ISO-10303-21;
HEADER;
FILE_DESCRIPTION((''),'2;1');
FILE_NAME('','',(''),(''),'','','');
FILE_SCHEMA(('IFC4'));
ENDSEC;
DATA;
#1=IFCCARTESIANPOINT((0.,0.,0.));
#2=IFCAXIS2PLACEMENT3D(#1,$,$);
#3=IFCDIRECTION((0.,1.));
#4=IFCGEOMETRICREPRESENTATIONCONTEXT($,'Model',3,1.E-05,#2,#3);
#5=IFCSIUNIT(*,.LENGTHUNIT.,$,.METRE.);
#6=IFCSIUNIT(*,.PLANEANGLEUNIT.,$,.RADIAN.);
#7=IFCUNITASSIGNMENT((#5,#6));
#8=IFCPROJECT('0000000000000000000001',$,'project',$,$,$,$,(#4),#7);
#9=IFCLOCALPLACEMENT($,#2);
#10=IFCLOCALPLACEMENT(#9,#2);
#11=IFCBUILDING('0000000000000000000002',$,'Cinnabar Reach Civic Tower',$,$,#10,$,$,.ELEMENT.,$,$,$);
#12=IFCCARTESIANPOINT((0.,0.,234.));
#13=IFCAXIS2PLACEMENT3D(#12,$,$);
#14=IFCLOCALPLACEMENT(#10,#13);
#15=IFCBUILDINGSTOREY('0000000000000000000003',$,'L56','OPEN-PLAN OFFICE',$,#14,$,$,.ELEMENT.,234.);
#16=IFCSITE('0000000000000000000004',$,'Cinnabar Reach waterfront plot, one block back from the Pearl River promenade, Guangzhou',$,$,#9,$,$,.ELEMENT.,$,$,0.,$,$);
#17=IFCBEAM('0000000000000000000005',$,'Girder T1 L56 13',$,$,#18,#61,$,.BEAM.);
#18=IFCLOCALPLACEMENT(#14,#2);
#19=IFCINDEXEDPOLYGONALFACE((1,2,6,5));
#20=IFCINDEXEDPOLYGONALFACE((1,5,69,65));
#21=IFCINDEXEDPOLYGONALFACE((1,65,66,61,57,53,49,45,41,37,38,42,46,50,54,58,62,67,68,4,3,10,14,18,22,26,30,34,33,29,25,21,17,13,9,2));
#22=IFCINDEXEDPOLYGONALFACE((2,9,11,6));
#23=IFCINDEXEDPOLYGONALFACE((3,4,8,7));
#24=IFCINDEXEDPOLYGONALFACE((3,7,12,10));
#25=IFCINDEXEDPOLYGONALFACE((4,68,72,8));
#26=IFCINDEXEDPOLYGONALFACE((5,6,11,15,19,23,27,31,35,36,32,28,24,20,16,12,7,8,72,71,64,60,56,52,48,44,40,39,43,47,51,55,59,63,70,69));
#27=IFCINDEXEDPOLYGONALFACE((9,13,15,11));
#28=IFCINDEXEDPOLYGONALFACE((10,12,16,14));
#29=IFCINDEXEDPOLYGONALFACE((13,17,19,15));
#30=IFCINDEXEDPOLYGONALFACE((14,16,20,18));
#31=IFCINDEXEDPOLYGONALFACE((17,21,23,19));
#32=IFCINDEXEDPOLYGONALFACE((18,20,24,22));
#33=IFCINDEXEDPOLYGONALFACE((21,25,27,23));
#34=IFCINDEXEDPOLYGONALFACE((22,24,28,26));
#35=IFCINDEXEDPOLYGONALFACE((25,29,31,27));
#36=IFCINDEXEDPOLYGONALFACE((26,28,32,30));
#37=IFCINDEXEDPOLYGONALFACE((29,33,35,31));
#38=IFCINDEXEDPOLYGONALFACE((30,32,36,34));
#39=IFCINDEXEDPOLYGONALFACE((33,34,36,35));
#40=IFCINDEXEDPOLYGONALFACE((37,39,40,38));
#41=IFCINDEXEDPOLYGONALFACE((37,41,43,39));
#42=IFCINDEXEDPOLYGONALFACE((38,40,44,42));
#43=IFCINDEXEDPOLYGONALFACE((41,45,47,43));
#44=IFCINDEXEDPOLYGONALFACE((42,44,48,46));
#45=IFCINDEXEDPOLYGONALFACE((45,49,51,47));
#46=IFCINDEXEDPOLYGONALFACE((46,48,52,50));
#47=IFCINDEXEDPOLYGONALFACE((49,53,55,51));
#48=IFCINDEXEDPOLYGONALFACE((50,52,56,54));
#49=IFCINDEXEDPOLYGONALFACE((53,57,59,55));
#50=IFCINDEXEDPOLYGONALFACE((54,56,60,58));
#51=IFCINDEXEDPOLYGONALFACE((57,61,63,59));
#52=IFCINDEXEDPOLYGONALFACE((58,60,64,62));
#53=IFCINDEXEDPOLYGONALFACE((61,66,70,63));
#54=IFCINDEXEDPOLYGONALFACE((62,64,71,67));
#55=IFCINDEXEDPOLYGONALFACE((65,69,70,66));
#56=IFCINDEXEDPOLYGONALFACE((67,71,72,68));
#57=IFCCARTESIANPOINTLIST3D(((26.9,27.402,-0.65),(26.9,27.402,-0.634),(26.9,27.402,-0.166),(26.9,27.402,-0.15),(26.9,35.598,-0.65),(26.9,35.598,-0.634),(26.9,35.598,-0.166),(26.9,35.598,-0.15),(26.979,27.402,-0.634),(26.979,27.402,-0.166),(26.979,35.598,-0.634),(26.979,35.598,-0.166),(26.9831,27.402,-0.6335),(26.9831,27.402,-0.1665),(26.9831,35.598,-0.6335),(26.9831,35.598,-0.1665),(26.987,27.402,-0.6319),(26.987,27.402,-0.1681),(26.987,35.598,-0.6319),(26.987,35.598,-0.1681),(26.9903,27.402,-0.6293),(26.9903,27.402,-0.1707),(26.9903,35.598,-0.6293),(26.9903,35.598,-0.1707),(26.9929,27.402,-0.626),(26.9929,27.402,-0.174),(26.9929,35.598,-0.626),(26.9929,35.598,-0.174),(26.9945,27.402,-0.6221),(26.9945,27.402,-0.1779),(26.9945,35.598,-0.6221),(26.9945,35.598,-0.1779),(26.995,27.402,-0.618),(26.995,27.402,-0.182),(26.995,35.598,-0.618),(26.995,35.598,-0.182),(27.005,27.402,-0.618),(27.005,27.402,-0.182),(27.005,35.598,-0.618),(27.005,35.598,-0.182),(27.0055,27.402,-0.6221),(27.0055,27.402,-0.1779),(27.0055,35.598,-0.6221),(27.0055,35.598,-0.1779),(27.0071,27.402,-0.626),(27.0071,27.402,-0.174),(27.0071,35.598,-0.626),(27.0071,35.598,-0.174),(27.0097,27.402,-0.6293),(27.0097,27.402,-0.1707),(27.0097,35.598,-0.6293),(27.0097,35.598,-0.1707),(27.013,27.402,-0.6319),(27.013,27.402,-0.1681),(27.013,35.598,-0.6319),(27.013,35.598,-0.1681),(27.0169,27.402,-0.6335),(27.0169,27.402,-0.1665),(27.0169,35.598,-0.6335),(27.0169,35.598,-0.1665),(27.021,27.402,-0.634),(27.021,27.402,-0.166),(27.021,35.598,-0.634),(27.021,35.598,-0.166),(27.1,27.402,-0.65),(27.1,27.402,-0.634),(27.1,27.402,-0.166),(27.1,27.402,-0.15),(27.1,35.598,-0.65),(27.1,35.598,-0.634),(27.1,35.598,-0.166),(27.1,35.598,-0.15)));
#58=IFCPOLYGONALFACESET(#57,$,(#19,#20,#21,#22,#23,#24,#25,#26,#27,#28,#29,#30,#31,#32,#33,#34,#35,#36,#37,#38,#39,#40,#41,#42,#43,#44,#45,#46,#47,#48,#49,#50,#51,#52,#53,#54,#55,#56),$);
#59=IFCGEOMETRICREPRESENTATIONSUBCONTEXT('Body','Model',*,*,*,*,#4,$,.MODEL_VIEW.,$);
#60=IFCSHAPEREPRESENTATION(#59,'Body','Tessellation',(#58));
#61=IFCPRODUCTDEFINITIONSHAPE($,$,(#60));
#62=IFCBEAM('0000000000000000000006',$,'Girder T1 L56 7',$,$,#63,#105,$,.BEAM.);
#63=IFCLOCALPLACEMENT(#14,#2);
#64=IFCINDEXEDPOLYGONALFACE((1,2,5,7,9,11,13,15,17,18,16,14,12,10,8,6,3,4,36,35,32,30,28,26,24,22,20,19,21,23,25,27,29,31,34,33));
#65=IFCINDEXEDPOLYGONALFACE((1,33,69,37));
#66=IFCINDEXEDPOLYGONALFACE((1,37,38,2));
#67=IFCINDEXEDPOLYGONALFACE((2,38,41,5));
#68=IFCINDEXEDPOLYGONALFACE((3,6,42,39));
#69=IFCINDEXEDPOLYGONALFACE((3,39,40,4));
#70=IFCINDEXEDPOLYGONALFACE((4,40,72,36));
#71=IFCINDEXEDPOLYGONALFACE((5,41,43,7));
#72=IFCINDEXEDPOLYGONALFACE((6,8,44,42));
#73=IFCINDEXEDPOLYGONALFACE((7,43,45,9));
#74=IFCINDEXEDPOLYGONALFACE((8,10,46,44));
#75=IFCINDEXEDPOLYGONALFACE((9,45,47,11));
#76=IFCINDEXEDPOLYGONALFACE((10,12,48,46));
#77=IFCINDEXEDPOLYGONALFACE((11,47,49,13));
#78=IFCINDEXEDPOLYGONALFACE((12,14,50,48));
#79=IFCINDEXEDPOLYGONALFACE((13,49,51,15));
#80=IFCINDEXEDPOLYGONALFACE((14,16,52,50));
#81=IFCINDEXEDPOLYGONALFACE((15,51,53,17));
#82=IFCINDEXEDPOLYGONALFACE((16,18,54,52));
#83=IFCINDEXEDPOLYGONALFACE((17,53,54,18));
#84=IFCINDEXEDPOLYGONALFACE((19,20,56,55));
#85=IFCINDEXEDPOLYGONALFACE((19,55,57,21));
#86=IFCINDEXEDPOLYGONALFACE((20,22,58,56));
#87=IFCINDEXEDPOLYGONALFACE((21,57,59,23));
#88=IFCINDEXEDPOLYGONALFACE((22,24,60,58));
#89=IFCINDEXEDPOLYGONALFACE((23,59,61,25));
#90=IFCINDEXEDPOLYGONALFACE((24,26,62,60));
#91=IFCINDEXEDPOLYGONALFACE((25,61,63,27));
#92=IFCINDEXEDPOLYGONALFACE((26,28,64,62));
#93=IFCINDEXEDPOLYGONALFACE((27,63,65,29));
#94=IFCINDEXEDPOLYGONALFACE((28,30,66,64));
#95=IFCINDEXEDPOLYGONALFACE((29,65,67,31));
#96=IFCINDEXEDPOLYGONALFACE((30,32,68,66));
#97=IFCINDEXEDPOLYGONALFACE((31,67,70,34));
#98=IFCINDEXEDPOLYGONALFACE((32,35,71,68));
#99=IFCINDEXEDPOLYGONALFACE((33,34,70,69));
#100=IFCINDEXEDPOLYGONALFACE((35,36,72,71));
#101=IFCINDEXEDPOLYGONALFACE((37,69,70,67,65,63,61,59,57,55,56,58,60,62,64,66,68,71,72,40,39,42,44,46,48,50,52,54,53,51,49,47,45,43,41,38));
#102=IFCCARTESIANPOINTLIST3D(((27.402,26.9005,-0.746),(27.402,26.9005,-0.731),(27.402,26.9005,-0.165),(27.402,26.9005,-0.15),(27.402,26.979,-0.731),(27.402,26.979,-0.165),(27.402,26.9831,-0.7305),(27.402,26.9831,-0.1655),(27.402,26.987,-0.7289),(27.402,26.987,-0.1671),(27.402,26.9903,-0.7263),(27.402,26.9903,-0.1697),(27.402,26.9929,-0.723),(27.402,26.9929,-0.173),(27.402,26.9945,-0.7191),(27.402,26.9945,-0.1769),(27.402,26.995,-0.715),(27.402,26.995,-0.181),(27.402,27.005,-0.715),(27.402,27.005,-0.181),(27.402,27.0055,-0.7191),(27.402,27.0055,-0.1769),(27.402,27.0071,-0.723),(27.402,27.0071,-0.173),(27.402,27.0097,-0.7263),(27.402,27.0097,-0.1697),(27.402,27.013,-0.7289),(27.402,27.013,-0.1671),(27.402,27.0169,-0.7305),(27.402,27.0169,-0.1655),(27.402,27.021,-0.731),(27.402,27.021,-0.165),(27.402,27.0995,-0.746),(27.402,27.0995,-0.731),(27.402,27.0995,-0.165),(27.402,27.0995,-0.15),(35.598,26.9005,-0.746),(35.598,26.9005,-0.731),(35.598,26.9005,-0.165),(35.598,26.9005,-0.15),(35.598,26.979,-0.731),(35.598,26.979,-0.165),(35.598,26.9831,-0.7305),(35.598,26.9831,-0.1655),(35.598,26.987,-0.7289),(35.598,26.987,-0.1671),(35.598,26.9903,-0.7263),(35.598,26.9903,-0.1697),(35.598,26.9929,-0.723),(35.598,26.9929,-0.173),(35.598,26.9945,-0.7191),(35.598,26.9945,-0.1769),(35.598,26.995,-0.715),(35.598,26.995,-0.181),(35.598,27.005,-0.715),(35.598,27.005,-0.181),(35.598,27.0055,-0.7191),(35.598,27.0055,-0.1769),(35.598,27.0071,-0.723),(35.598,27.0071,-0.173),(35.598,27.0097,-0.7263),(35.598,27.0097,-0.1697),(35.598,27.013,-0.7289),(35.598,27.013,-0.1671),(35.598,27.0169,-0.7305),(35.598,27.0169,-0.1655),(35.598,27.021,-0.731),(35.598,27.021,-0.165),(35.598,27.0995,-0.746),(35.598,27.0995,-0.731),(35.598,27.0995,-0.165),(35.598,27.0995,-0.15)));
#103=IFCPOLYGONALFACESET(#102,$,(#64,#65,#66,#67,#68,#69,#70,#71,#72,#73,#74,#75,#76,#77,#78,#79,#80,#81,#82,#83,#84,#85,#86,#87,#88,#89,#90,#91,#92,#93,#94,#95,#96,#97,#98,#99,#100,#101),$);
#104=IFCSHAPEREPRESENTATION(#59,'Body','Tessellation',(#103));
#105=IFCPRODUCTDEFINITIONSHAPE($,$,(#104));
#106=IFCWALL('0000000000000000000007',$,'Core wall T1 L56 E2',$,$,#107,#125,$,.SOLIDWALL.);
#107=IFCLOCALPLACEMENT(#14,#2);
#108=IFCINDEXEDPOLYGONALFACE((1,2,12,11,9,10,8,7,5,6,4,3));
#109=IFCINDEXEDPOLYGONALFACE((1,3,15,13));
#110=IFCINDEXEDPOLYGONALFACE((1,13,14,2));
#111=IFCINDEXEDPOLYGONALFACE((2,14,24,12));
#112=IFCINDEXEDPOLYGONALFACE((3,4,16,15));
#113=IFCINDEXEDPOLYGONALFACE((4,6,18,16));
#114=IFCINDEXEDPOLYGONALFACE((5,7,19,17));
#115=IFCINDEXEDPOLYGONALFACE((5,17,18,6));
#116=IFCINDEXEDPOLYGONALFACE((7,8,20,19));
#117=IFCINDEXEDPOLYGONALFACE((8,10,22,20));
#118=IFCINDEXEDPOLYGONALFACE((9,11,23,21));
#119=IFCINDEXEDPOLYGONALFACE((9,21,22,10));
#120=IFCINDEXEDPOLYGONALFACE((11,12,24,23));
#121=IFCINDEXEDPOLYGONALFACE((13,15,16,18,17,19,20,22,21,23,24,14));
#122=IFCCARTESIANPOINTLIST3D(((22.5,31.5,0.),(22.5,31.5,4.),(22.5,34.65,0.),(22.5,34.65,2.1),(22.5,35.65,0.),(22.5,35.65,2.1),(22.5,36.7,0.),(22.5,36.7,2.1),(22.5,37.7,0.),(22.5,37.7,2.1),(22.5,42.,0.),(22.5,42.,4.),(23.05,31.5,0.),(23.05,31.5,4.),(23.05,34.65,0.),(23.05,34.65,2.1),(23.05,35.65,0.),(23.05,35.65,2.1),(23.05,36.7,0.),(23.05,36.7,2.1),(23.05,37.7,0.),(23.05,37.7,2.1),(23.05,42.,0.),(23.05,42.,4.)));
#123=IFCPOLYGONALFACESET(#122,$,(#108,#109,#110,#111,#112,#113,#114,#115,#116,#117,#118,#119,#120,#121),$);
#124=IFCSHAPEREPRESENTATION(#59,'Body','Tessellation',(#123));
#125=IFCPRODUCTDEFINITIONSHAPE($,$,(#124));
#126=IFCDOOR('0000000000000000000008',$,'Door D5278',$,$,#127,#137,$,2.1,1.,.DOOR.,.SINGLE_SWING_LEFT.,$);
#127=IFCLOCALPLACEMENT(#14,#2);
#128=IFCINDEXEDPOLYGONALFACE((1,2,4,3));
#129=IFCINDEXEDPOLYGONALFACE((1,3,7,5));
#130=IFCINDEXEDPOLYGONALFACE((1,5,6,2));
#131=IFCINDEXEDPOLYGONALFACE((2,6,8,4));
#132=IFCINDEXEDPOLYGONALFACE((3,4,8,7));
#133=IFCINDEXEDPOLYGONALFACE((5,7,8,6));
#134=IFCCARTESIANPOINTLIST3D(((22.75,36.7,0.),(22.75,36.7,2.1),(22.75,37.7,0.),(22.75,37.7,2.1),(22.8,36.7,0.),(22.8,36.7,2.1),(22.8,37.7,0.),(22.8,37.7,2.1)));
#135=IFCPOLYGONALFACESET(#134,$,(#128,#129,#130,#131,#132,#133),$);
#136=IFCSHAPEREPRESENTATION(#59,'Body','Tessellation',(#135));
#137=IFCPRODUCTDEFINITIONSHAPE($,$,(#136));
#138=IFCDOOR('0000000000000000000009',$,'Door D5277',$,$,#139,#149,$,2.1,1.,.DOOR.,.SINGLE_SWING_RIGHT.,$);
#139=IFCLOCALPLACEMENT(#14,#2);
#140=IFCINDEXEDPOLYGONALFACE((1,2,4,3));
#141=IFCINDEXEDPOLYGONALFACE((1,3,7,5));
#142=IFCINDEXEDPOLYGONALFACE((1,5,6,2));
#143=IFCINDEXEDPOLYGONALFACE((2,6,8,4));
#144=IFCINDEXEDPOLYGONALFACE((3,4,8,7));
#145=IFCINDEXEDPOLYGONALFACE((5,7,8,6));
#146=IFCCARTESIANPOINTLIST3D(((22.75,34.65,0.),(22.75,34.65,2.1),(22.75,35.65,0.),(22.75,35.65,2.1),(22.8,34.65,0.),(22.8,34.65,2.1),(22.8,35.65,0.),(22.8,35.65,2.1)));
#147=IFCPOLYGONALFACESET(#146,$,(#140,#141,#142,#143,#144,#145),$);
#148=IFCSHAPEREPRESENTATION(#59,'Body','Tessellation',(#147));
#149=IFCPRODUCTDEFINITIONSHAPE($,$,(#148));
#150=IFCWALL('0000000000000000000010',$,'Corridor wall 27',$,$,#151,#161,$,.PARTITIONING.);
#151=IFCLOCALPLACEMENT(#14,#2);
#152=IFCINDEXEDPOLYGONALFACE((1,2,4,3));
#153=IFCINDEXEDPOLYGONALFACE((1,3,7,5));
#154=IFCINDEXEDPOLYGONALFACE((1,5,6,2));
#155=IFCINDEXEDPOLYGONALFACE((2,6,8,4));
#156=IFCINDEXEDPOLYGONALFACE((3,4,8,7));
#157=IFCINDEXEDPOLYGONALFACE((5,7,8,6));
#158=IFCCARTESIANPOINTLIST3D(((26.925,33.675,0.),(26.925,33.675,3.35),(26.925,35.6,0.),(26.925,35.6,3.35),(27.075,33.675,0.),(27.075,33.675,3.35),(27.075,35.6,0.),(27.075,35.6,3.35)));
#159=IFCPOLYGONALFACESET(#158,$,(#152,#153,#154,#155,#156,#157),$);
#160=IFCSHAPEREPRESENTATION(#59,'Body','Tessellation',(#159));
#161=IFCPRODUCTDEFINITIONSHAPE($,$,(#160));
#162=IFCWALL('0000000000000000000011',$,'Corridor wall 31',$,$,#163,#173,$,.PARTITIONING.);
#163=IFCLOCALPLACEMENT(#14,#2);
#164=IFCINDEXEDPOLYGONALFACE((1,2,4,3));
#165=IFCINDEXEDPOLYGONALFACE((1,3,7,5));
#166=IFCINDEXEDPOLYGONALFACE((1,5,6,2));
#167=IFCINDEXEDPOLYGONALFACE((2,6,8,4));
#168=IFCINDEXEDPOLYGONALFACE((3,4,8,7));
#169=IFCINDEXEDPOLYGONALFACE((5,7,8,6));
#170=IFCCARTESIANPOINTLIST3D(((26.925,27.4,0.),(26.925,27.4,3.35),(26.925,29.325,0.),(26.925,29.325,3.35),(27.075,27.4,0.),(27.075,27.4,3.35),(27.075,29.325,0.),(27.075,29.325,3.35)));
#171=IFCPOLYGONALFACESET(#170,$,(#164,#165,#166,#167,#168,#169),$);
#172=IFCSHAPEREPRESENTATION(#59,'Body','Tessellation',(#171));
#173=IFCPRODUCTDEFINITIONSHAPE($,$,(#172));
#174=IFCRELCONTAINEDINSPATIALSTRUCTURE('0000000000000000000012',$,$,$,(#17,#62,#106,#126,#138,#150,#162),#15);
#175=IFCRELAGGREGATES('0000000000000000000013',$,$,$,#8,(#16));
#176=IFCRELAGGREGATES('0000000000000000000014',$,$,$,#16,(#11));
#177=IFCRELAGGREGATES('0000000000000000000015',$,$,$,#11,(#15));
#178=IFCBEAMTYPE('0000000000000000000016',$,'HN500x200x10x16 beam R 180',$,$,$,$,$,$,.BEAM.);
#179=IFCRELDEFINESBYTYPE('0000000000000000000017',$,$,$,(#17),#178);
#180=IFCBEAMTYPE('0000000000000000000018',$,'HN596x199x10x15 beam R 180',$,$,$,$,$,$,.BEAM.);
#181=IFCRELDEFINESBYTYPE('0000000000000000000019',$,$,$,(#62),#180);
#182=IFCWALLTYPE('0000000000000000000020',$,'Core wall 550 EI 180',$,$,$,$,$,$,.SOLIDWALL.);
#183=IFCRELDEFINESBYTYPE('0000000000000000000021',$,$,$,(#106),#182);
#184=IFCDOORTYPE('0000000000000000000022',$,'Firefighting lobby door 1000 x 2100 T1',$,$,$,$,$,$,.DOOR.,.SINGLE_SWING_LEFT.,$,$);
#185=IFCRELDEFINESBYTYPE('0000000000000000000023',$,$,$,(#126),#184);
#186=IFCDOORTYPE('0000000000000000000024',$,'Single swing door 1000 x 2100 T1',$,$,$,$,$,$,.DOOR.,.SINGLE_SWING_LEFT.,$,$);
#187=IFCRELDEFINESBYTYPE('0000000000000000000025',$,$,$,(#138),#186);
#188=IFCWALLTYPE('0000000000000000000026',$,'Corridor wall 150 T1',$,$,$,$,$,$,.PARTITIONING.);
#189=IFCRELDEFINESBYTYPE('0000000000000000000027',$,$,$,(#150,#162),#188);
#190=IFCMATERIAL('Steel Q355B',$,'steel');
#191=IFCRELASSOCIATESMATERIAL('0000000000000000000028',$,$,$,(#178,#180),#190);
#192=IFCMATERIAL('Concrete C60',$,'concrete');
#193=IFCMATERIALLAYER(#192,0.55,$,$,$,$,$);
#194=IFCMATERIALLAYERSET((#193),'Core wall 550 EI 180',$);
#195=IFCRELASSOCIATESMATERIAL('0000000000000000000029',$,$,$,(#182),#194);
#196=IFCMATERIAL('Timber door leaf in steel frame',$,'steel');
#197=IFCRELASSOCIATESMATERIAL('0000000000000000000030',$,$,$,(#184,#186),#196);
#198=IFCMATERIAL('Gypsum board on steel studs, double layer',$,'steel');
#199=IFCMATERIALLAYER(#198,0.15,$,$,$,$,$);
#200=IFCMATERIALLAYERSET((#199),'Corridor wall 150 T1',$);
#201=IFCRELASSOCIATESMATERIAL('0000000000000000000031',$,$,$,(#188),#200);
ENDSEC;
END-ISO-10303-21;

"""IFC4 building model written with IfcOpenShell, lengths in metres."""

from ifc_helpers import new_model, si_unit, direction, frame, frame_2d, origin, origin_2d, place, context, subcontext, project, spatial, rectangle, i_section, extrude, material, layer, layer_set, material_profile, profile_set, type_object, element, fill, save


model = new_model("IFC4")

# Units and contexts
model_context = context("Model", 3, precision=1e-05, world=origin(), true_north=direction((0.0, 1.0)))
body_context = subcontext(model_context, "Body", "Model", "MODEL_VIEW")
ifc_project = project(units=[si_unit("LENGTHUNIT", "METRE"), si_unit("PLANEANGLEUNIT", "RADIAN")], contexts=[model_context])

# Site, building, storey
site_placement = place(None, origin())
site = spatial("IfcSite", under=ifc_project, at=site_placement, Name="Cinnabar Reach waterfront plot, one block back from the Pearl River promenade, Guangzhou", CompositionType="ELEMENT", RefElevation=0.0)
building_placement = place(site_placement, origin())
building = spatial("IfcBuilding", under=site, at=building_placement, Name="Cinnabar Reach Civic Tower", CompositionType="ELEMENT")
storey_placement = place(building_placement, frame((0.0, 0.0, 234.0)))
storey = spatial("IfcBuildingStorey", under=building, at=storey_placement, Name="L56", Description="OPEN-PLAN OFFICE", CompositionType="ELEMENT", Elevation=234.0)

# Shared definitions
ifc_material_1 = material(Name="Concrete C60", Category="concrete")

# Beams
ifc_material_2 = material(Name="Steel Q355B", Category="steel")
ifc_material_profile_1 = material_profile(ifc_material_2, i_section(OverallWidth=0.2, OverallDepth=0.5, WebThickness=0.01, FlangeThickness=0.016, FilletRadius=0.016, at=origin_2d()), Name="HN500x200x10x16")
ifc_profile_set_1 = profile_set([ifc_material_profile_1], Name="Steel Q355B")
beam_type_1 = type_object("IfcBeamType", Name="HN500x200x10x16 beam R 180", PredefinedType="BEAM", material=ifc_profile_set_1)
beam_1_placement = place(storey_placement, frame((27.0, 27.402, -0.4), z_axis=(0.0, 1.0, 0.0), x_axis=(-1.0, 0.0, 0.0)))
element("IfcBeam", 1, at=beam_1_placement, inside=storey, type_object=beam_type_1, Name="Girder T1 L56 13", PredefinedType="BEAM", context=body_context, shape_type="SweptSolid", body=[
    extrude(i_section(OverallWidth=0.2, OverallDepth=0.5, WebThickness=0.01, FlangeThickness=0.016, FilletRadius=0.016, at=origin_2d()), origin(), (0.0, 0.0, 1.0), 8.196),
])
ifc_material_profile_2 = material_profile(ifc_material_2, i_section(OverallWidth=0.199, OverallDepth=0.596, WebThickness=0.01, FlangeThickness=0.015, FilletRadius=0.016, at=origin_2d()), Name="HN596x199x10x15")
ifc_profile_set_2 = profile_set([ifc_material_profile_2], Name="Steel Q355B")
beam_type_2 = type_object("IfcBeamType", Name="HN596x199x10x15 beam R 180", PredefinedType="BEAM", material=ifc_profile_set_2)
beam_2_placement = place(storey_placement, frame((27.402, 27.0, -0.448), z_axis=(1.0, 0.0, 0.0), x_axis=(0.0, 1.0, 0.0)))
element("IfcBeam", 2, at=beam_2_placement, inside=storey, type_object=beam_type_2, Name="Girder T1 L56 7", PredefinedType="BEAM", context=body_context, shape_type="SweptSolid", body=[
    extrude(i_section(OverallWidth=0.199, OverallDepth=0.596, WebThickness=0.01, FlangeThickness=0.015, FilletRadius=0.016, at=origin_2d()), origin(), (0.0, 0.0, 1.0), 8.196),
])

# Wall, openings, doors
ifc_layer_1 = layer(ifc_material_1, 0.55)
ifc_layer_set_1 = layer_set([ifc_layer_1], Name="Core wall 550 EI 180")
wall_type_1 = type_object("IfcWallType", Name="Core wall 550 EI 180", PredefinedType="SOLIDWALL", material=ifc_layer_set_1)
wall_1_placement = place(storey_placement, frame((22.775, 31.5, 0.0), z_axis=(0.0, 0.0, 1.0), x_axis=(0.0, 1.0, 0.0)))
wall_1 = element("IfcWall", 3, at=wall_1_placement, inside=storey, type_object=wall_type_1, Name="Core wall T1 L56 E2", PredefinedType="SOLIDWALL", context=body_context, shape_type="SweptSolid", body=[
    extrude(rectangle(XDim=10.5, YDim=0.55, at=frame_2d((5.25, 0.0))), origin(), (0.0, 0.0, 1.0), 4.0),
])
opening_1_placement = place(wall_1_placement, frame((3.15, 0.0, 0.0)))
opening_1 = element("IfcOpeningElement", 4, at=opening_1_placement, cuts=wall_1, PredefinedType="OPENING", context=body_context, shape_type="SweptSolid", body=[
    extrude(rectangle(XDim=1.0, YDim=2.1, at=frame_2d((0.5, 1.05))), frame((0.0, 0.285, 0.0), z_axis=(0.0, -1.0, 0.0), x_axis=(1.0, 0.0, 0.0)), (0.0, 0.0, 1.0), 0.57),
])
opening_2_placement = place(wall_1_placement, frame((5.2, 0.0, 0.0)))
opening_2 = element("IfcOpeningElement", 5, at=opening_2_placement, cuts=wall_1, PredefinedType="OPENING", context=body_context, shape_type="SweptSolid", body=[
    extrude(rectangle(XDim=1.0, YDim=2.1, at=frame_2d((0.5, 1.05))), frame((0.0, 0.285, 0.0), z_axis=(0.0, -1.0, 0.0), x_axis=(1.0, 0.0, 0.0)), (0.0, 0.0, 1.0), 0.57),
])
ifc_material_3 = material(Name="Timber door leaf in steel frame", Category="steel")
door_type_1 = type_object("IfcDoorType", Name="Firefighting lobby door 1000 x 2100 T1", OperationType="SINGLE_SWING_LEFT", PredefinedType="DOOR", material=ifc_material_3)
door_1_placement = place(opening_2_placement, origin())
door_1 = element("IfcDoor", 6, at=door_1_placement, inside=storey, type_object=door_type_1, Name="Door D5278", OperationType="SINGLE_SWING_LEFT", OverallHeight=2.1, OverallWidth=1.0, PredefinedType="DOOR", context=body_context, shape_type="SweptSolid", body=[
    extrude(rectangle(XDim=1.0, YDim=2.1, at=frame_2d((0.5, 1.05))), frame((0.0, 0.025, 0.0), z_axis=(0.0, -1.0, 0.0), x_axis=(1.0, 0.0, 0.0)), (0.0, 0.0, 1.0), 0.05),
])
fill(opening_2, door_1)
door_type_2 = type_object("IfcDoorType", Name="Single swing door 1000 x 2100 T1", OperationType="SINGLE_SWING_LEFT", PredefinedType="DOOR", material=ifc_material_3)
door_2_placement = place(opening_1_placement, origin())
door_2 = element("IfcDoor", 7, at=door_2_placement, inside=storey, type_object=door_type_2, Name="Door D5277", OperationType="SINGLE_SWING_RIGHT", OverallHeight=2.1, OverallWidth=1.0, PredefinedType="DOOR", context=body_context, shape_type="SweptSolid", body=[
    extrude(rectangle(XDim=1.0, YDim=2.1, at=frame_2d((0.5, 1.05))), frame((0.0, 0.025, 0.0), z_axis=(0.0, -1.0, 0.0), x_axis=(1.0, 0.0, 0.0)), (0.0, 0.0, 1.0), 0.05),
])
fill(opening_1, door_2)

# Walls
ifc_material_4 = material(Name="Gypsum board on steel studs, double layer", Category="steel")
ifc_layer_2 = layer(ifc_material_4, 0.15)
ifc_layer_set_2 = layer_set([ifc_layer_2], Name="Corridor wall 150 T1")
wall_type_2 = type_object("IfcWallType", Name="Corridor wall 150 T1", PredefinedType="PARTITIONING", material=ifc_layer_set_2)
for number, where, z_axis, x_axis, name in (
    (8, (27.0, 33.675, 0.0), (0.0, 0.0, 1.0), (0.0, 1.0, 0.0), "Corridor wall 27"),
    (9, (27.0, 27.4, 0.0), (0.0, 0.0, 1.0), (0.0, 1.0, 0.0), "Corridor wall 31"),
):
    element("IfcWall", number, at=place(storey_placement, frame(where, z_axis=z_axis, x_axis=x_axis)), inside=storey, type_object=wall_type_2, Name=name, PredefinedType="PARTITIONING", context=body_context, shape_type="SweptSolid", body=[
        extrude(rectangle(XDim=1.925, YDim=0.15, at=frame_2d((0.9625, 0.0))), origin(), (0.0, 0.0, 1.0), 3.35),
    ])

save(model, "model.ifc")
